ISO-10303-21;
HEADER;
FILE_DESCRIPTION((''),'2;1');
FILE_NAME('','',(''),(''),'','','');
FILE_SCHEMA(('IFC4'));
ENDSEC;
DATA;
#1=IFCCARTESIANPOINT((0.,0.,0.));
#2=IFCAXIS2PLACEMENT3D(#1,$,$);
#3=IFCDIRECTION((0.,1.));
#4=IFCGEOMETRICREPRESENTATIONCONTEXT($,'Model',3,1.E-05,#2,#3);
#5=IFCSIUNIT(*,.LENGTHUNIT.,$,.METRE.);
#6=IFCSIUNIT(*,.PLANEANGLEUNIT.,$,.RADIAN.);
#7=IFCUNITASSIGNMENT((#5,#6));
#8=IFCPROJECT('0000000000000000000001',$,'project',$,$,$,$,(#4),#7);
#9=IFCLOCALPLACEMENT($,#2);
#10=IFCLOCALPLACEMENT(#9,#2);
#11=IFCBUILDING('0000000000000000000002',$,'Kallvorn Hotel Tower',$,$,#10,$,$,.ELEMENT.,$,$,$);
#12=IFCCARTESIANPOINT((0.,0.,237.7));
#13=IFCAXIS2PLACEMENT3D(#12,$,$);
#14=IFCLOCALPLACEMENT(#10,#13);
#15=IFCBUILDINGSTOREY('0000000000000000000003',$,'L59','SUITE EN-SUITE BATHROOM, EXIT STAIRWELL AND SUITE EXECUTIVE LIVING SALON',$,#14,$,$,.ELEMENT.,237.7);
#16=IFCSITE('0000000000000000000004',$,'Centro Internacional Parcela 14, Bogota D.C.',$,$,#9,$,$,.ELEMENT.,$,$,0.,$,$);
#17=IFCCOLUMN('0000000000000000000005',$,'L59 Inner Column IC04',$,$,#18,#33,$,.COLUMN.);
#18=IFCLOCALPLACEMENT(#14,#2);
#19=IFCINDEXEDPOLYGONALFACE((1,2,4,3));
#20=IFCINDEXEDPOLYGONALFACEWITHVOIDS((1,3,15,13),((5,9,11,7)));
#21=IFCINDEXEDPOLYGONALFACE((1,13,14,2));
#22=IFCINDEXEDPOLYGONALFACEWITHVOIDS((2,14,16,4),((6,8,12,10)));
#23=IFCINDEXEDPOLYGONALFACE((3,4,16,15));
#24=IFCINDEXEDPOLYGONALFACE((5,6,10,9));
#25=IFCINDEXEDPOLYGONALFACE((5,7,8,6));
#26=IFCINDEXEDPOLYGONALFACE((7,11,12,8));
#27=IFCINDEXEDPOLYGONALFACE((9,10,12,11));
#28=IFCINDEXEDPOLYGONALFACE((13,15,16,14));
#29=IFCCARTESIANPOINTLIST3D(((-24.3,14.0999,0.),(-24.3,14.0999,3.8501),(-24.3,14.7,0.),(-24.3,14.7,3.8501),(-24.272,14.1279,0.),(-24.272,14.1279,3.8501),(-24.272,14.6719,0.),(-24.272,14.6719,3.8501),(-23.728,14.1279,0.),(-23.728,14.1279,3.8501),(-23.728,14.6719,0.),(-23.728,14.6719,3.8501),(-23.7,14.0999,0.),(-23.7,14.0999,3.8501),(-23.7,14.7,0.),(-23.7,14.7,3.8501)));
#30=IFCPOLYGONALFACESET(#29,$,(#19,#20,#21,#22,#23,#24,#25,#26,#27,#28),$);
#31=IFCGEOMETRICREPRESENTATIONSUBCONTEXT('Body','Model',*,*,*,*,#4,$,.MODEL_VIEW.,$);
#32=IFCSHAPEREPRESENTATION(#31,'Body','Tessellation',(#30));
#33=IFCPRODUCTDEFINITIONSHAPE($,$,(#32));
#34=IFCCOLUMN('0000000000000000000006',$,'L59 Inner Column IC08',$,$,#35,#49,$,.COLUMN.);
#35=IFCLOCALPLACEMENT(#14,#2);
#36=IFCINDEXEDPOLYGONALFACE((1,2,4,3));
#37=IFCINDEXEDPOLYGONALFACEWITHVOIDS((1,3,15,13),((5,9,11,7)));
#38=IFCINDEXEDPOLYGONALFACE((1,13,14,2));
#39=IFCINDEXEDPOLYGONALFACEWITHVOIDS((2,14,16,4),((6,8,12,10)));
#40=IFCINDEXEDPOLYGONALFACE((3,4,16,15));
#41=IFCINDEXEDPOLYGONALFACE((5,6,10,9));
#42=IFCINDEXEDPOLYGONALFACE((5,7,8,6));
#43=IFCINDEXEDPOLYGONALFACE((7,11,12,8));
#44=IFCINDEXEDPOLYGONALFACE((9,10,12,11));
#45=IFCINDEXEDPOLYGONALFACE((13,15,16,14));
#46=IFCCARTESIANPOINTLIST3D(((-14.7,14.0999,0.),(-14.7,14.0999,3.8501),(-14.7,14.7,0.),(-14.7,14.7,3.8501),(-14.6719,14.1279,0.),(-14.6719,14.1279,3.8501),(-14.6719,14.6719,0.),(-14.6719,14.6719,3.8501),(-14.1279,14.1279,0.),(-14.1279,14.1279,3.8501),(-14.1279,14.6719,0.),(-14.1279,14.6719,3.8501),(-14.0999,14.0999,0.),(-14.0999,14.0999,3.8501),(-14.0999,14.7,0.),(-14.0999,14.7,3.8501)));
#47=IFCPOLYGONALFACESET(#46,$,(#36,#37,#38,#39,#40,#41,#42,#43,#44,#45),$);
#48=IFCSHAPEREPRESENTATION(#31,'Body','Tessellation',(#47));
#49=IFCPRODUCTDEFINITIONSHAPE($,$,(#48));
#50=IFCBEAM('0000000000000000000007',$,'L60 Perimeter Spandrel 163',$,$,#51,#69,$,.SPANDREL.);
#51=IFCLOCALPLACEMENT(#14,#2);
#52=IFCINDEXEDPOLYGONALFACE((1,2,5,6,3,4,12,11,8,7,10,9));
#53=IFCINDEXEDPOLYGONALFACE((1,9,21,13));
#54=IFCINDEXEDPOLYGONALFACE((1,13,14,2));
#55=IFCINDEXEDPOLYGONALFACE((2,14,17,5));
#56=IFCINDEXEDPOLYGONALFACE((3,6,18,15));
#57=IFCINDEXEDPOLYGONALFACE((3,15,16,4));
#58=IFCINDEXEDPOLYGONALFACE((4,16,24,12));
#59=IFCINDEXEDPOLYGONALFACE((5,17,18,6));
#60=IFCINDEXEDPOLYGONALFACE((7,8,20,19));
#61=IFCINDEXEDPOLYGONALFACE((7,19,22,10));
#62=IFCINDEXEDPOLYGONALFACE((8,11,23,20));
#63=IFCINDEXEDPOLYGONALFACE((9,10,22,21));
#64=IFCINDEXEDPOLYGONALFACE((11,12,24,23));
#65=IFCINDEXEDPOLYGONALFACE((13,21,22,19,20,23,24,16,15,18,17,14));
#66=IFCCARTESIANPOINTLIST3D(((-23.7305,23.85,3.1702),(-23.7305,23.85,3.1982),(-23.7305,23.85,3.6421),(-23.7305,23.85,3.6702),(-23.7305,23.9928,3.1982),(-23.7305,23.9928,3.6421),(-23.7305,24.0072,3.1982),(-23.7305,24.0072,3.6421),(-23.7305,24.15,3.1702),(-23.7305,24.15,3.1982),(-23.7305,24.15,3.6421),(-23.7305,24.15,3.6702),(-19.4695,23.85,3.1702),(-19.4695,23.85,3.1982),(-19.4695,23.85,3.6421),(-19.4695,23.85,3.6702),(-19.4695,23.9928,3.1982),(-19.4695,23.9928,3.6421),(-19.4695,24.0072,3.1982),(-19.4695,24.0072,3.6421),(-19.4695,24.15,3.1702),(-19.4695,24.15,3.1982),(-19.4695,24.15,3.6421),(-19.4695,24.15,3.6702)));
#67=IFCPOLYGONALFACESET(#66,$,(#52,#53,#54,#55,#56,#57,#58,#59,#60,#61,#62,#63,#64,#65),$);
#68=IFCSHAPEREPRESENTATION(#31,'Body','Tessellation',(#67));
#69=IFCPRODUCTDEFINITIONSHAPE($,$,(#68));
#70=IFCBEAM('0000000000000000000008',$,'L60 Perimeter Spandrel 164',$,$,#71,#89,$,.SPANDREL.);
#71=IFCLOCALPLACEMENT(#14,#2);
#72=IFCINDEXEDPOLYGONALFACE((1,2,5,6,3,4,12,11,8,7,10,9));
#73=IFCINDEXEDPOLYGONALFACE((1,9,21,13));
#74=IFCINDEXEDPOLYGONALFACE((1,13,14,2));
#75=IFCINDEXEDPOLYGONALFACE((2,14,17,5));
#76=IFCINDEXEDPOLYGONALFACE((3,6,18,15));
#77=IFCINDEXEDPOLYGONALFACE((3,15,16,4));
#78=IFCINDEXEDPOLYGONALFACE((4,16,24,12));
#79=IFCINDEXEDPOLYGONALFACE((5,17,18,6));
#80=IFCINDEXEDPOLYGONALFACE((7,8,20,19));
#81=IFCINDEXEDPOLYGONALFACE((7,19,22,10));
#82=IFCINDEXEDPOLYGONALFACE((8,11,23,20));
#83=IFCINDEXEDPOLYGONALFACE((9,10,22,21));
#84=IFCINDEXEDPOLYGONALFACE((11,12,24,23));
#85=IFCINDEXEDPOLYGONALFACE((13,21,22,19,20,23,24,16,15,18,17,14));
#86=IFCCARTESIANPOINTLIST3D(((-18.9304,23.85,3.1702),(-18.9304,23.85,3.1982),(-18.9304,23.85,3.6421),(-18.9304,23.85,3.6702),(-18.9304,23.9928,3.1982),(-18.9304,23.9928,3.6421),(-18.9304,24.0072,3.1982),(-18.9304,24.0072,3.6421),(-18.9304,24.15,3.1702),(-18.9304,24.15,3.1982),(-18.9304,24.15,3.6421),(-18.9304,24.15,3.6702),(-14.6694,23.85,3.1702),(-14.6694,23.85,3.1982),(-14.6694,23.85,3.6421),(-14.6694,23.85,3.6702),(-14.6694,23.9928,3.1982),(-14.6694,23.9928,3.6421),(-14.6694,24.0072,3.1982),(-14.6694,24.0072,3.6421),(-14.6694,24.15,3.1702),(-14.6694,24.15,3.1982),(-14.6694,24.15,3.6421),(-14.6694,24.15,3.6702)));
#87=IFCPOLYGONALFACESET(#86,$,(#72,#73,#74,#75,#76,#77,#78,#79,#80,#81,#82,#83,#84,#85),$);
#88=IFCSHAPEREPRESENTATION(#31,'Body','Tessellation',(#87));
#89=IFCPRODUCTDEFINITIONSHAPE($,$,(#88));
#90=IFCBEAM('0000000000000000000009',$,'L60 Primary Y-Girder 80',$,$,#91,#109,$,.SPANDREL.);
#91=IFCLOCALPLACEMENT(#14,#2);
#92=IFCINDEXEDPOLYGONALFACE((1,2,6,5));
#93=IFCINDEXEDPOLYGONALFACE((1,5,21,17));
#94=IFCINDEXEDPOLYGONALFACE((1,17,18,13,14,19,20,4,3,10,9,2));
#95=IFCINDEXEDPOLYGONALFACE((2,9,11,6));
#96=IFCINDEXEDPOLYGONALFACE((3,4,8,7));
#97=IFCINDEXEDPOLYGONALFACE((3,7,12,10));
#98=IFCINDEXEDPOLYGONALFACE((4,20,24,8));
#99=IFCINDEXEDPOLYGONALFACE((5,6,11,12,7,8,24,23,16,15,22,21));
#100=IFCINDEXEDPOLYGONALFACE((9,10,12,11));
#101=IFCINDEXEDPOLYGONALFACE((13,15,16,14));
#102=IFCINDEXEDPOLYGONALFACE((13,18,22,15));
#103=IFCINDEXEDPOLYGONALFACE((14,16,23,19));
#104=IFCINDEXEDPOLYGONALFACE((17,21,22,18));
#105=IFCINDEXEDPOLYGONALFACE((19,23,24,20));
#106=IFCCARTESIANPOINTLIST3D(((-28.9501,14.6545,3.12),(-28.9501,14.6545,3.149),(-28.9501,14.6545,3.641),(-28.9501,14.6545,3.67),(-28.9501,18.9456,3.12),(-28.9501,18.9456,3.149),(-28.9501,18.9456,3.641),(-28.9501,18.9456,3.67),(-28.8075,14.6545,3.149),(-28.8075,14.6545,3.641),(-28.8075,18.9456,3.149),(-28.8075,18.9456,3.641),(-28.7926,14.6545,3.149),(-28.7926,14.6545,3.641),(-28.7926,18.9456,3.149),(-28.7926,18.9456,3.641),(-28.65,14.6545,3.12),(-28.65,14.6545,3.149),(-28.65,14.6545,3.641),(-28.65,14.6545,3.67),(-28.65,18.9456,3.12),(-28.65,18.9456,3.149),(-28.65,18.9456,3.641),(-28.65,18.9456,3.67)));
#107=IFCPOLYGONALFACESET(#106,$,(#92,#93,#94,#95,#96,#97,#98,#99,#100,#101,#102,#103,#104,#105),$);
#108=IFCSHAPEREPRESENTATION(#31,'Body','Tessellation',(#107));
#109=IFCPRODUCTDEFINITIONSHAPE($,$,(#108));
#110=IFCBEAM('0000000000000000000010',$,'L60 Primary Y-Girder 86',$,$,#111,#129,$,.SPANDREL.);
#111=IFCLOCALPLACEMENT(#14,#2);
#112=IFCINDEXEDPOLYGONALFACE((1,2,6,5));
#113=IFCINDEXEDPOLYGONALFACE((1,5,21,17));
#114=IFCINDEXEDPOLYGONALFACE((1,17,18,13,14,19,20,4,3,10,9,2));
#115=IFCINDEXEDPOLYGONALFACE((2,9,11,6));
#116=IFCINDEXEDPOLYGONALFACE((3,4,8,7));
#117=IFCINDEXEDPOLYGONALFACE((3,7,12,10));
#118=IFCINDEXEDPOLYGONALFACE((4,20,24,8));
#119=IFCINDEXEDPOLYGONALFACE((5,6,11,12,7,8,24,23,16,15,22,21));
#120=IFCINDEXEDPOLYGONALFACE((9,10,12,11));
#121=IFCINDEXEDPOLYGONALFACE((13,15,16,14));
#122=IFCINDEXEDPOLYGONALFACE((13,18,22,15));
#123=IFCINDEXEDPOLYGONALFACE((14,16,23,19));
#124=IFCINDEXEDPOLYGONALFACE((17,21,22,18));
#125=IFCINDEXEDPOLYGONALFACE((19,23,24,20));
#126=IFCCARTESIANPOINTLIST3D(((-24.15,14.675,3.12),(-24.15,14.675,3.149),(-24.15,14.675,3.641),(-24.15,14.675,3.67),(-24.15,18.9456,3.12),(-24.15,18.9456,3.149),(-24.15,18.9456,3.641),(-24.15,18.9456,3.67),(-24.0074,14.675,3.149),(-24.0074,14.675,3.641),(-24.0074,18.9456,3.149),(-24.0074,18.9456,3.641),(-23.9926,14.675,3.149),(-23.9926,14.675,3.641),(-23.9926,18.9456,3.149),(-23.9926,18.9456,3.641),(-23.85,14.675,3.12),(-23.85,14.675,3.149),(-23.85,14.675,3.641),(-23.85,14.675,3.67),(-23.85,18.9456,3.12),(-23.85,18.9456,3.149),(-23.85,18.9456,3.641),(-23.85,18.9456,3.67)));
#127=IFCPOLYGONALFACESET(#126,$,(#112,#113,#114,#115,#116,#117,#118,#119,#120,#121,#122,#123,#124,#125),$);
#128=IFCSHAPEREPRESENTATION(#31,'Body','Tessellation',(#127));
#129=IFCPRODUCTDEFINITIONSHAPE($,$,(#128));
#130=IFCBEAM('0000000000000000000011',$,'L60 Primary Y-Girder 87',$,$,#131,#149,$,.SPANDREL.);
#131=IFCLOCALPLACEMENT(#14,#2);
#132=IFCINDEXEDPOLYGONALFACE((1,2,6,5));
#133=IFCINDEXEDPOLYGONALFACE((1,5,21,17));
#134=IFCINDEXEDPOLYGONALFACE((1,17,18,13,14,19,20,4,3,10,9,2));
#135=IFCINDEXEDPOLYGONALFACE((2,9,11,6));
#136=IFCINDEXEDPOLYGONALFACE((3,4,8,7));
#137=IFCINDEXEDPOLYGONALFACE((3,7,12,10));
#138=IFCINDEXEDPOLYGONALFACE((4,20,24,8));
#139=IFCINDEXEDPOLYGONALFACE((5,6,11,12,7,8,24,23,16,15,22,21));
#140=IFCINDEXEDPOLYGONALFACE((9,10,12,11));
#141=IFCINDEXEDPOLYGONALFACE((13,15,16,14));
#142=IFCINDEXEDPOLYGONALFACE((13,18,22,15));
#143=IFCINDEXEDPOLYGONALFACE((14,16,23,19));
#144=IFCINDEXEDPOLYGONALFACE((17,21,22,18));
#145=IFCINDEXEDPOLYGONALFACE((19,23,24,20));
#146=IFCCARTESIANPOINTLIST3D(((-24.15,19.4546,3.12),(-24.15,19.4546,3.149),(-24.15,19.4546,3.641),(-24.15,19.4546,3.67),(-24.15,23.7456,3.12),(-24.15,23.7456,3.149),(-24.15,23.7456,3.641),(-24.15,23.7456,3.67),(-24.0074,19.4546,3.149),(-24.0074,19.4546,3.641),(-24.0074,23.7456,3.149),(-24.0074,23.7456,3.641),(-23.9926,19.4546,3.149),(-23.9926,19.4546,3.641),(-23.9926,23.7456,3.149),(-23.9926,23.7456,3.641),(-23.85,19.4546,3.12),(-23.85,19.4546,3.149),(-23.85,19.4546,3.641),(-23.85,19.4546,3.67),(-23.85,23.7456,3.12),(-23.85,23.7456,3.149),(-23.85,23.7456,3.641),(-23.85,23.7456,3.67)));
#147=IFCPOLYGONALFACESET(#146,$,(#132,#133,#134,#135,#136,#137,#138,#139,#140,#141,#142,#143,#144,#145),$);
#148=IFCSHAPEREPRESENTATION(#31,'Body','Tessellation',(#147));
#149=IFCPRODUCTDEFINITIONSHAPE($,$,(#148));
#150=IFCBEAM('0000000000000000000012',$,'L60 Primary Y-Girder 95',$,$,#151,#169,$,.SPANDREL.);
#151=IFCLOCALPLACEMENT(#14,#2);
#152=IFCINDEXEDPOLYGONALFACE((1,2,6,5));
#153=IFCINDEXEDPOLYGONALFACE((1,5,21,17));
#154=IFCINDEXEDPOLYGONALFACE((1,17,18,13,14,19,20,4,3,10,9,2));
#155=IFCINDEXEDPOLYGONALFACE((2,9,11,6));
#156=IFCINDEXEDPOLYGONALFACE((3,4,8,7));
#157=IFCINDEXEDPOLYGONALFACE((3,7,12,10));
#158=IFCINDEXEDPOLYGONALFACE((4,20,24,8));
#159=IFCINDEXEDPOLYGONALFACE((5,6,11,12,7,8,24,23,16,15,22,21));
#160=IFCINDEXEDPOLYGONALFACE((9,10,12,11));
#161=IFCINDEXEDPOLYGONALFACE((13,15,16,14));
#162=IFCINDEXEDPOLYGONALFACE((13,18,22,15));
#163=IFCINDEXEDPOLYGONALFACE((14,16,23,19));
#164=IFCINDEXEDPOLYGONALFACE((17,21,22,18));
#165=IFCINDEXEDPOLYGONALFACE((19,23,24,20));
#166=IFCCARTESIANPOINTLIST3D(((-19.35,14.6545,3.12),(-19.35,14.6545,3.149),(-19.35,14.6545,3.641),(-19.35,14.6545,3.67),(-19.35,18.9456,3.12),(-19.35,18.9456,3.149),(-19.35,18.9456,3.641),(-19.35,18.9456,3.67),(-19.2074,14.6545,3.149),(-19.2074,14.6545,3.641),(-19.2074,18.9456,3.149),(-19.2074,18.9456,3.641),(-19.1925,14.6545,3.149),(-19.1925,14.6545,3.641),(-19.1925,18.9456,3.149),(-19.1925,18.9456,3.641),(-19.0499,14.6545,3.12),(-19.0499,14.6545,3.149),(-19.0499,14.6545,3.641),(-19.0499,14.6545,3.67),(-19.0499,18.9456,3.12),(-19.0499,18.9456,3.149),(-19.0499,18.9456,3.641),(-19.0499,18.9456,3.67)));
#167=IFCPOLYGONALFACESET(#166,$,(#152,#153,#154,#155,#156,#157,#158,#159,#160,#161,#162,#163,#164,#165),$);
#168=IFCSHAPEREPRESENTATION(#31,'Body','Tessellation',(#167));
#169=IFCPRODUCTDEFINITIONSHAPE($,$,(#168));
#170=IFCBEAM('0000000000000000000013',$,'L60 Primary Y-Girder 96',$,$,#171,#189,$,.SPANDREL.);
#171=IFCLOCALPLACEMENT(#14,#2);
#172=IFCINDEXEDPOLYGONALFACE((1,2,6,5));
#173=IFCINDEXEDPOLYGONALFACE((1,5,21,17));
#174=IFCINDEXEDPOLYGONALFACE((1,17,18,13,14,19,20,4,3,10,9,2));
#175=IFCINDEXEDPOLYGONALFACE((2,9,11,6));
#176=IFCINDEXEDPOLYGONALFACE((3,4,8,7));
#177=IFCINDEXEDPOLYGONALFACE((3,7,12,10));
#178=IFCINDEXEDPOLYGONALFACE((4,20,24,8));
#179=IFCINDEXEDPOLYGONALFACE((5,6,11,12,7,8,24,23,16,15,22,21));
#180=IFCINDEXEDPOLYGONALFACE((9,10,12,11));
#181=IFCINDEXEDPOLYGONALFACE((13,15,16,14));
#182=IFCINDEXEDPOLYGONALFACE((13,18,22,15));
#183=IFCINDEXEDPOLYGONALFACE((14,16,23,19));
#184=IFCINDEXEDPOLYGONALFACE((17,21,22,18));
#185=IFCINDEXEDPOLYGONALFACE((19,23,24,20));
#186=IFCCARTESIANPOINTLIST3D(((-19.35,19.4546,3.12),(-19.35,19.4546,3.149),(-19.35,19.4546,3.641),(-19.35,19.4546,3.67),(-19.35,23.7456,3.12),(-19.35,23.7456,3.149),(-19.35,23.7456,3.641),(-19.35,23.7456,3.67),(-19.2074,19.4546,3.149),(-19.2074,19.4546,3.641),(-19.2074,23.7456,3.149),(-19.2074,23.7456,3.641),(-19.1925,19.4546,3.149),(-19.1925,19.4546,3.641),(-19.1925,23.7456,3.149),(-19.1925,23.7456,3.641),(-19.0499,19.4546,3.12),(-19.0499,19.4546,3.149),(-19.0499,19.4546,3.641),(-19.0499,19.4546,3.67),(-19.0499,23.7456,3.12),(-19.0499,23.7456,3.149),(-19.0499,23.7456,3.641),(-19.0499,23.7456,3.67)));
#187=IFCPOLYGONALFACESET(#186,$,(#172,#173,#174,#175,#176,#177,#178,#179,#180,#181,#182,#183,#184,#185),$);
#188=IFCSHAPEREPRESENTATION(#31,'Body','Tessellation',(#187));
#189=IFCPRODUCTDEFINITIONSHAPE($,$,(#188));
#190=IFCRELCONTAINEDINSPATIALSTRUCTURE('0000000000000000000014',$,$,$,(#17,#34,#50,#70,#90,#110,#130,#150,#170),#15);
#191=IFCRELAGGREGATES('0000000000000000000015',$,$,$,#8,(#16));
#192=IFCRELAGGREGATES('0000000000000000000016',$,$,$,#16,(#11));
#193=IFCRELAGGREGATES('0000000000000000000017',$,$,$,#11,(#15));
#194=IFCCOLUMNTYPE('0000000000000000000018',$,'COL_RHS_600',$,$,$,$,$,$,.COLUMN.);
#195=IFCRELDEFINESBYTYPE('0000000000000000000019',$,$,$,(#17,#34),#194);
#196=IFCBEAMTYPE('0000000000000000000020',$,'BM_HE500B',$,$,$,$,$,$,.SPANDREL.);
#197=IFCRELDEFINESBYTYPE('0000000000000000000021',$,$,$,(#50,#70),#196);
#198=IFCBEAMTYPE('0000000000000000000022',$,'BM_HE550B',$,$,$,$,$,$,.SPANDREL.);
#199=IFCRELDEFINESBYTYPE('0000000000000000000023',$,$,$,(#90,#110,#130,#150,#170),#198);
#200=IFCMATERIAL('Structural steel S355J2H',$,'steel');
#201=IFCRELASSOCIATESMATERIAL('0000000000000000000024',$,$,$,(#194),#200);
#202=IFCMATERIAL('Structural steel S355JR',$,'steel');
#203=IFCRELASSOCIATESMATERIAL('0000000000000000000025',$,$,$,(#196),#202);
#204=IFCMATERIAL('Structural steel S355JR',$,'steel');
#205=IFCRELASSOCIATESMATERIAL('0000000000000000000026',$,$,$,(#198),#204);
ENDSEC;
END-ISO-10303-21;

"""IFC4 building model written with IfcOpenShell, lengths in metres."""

from ifc_helpers import new_model, si_unit, direction, frame, origin, origin_2d, place, context, subcontext, project, spatial, hollow_rectangle, i_section, extrude, material, material_profile, profile_set, type_object, element, save


model = new_model("IFC4")

# Units and contexts
model_context = context("Model", 3, precision=1e-05, world=origin(), true_north=direction((0.0, 1.0)))
body_context = subcontext(model_context, "Body", "Model", "MODEL_VIEW")
ifc_project = project(units=[si_unit("LENGTHUNIT", "METRE"), si_unit("PLANEANGLEUNIT", "RADIAN")], contexts=[model_context])

# Site, building, storey
site_placement = place(None, origin())
site = spatial("IfcSite", under=ifc_project, at=site_placement, Name="Centro Internacional Parcela 14, Bogota D.C.", CompositionType="ELEMENT", RefElevation=0.0)
building_placement = place(site_placement, origin())
building = spatial("IfcBuilding", under=site, at=building_placement, Name="Kallvorn Hotel Tower", CompositionType="ELEMENT")
storey_placement = place(building_placement, frame((0.0, 0.0, 237.7)))
storey = spatial("IfcBuildingStorey", under=building, at=storey_placement, Name="L59", Description="SUITE EN-SUITE BATHROOM, EXIT STAIRWELL AND SUITE EXECUTIVE LIVING SALON", CompositionType="ELEMENT", Elevation=237.7)

# Columns
ifc_material_1 = material(Name="Structural steel S355J2H", Category="steel")
ifc_material_profile_1 = material_profile(ifc_material_1, hollow_rectangle(XDim=0.6001, YDim=0.6001, WallThickness=0.0281, at=origin_2d()), Name="RHS 600x600x28")
ifc_profile_set_1 = profile_set([ifc_material_profile_1], Name="Structural steel S355J2H")
column_type_1 = type_object("IfcColumnType", Name="COL_RHS_600", PredefinedType="COLUMN", material=ifc_profile_set_1)
for number, where, z_axis, x_axis, name in (
    (1, (-24.0, 14.3999, 0.0), (0.0, 0.0, 1.0), (1.0, 0.0, 0.0), "L59 Inner Column IC04"),
    (2, (-14.3999, 14.3999, 0.0), (0.0, 0.0, 1.0), (1.0, 0.0, 0.0), "L59 Inner Column IC08"),
):
    element("IfcColumn", number, at=place(storey_placement, frame(where, z_axis=z_axis, x_axis=x_axis)), inside=storey, type_object=column_type_1, Name=name, PredefinedType="COLUMN", context=body_context, shape_type="SweptSolid", body=[
        extrude(hollow_rectangle(XDim=0.6001, YDim=0.6001, WallThickness=0.0281, at=origin_2d()), origin(), (0.0, 0.0, 1.0), 3.8501),
    ])

# Beams
ifc_material_2 = material(Name="Structural steel S355JR", Category="steel")
ifc_material_profile_2 = material_profile(ifc_material_2, i_section(OverallWidth=0.3, OverallDepth=0.5, WebThickness=0.0144, FlangeThickness=0.0281, at=origin_2d()), Name="HE 500 B")
ifc_profile_set_2 = profile_set([ifc_material_profile_2], Name="Structural steel S355JR")
beam_type_1 = type_object("IfcBeamType", Name="BM_HE500B", PredefinedType="SPANDREL", material=ifc_profile_set_2)
for number, where, z_axis, x_axis, name in (
    (3, (-23.7305, 24.0, 3.4202), (1.0, 0.0, 0.0), (0.0, 1.0, 0.0), "L60 Perimeter Spandrel 163"),
    (4, (-18.9304, 24.0, 3.4202), (1.0, 0.0, 0.0), (0.0, 1.0, 0.0), "L60 Perimeter Spandrel 164"),
):
    element("IfcBeam", number, at=place(storey_placement, frame(where, z_axis=z_axis, x_axis=x_axis)), inside=storey, type_object=beam_type_1, Name=name, PredefinedType="SPANDREL", context=body_context, shape_type="SweptSolid", body=[
        extrude(i_section(OverallWidth=0.3, OverallDepth=0.5, WebThickness=0.0144, FlangeThickness=0.0281, at=origin_2d()), origin(), (0.0, 0.0, 1.0), 4.261),
    ])
ifc_material_3 = material(Name="Structural steel S355JR", Category="steel")
ifc_material_profile_3 = material_profile(ifc_material_3, i_section(OverallWidth=0.3, OverallDepth=0.55, WebThickness=0.0149, FlangeThickness=0.0291, at=origin_2d()), Name="HE 550 B")
ifc_profile_set_3 = profile_set([ifc_material_profile_3], Name="Structural steel S355JR")
beam_type_2 = type_object("IfcBeamType", Name="BM_HE550B", PredefinedType="SPANDREL", material=ifc_profile_set_3)
beam_1_placement = place(storey_placement, frame((-28.8, 14.6545, 3.395), z_axis=(0.0, 1.0, 0.0), x_axis=(-1.0, 0.0, 0.0)))
element("IfcBeam", 5, at=beam_1_placement, inside=storey, type_object=beam_type_2, Name="L60 Primary Y-Girder 80", PredefinedType="SPANDREL", context=body_context, shape_type="SweptSolid", body=[
    extrude(i_section(OverallWidth=0.3, OverallDepth=0.55, WebThickness=0.0149, FlangeThickness=0.0291, at=origin_2d()), origin(), (0.0, 0.0, 1.0), 4.291),
])
beam_2_placement = place(storey_placement, frame((-24.0, 14.675, 3.395), z_axis=(0.0, 1.0, 0.0), x_axis=(-1.0, 0.0, 0.0)))
element("IfcBeam", 6, at=beam_2_placement, inside=storey, type_object=beam_type_2, Name="L60 Primary Y-Girder 86", PredefinedType="SPANDREL", context=body_context, shape_type="SweptSolid", body=[
    extrude(i_section(OverallWidth=0.3, OverallDepth=0.55, WebThickness=0.0149, FlangeThickness=0.0291, at=origin_2d()), origin(), (0.0, 0.0, 1.0), 4.2705),
])
for number, where, z_axis, x_axis, name in (
    (7, (-24.0, 19.4546, 3.395), (0.0, 1.0, 0.0), (-1.0, 0.0, 0.0), "L60 Primary Y-Girder 87"),
    (8, (-19.2, 14.6545, 3.395), (0.0, 1.0, 0.0), (-1.0, 0.0, 0.0), "L60 Primary Y-Girder 95"),
    (9, (-19.2, 19.4546, 3.395), (0.0, 1.0, 0.0), (-1.0, 0.0, 0.0), "L60 Primary Y-Girder 96"),
):
    element("IfcBeam", number, at=place(storey_placement, frame(where, z_axis=z_axis, x_axis=x_axis)), inside=storey, type_object=beam_type_2, Name=name, PredefinedType="SPANDREL", context=body_context, shape_type="SweptSolid", body=[
        extrude(i_section(OverallWidth=0.3, OverallDepth=0.55, WebThickness=0.0149, FlangeThickness=0.0291, at=origin_2d()), origin(), (0.0, 0.0, 1.0), 4.291),
    ])

save(model, "model.ifc")
